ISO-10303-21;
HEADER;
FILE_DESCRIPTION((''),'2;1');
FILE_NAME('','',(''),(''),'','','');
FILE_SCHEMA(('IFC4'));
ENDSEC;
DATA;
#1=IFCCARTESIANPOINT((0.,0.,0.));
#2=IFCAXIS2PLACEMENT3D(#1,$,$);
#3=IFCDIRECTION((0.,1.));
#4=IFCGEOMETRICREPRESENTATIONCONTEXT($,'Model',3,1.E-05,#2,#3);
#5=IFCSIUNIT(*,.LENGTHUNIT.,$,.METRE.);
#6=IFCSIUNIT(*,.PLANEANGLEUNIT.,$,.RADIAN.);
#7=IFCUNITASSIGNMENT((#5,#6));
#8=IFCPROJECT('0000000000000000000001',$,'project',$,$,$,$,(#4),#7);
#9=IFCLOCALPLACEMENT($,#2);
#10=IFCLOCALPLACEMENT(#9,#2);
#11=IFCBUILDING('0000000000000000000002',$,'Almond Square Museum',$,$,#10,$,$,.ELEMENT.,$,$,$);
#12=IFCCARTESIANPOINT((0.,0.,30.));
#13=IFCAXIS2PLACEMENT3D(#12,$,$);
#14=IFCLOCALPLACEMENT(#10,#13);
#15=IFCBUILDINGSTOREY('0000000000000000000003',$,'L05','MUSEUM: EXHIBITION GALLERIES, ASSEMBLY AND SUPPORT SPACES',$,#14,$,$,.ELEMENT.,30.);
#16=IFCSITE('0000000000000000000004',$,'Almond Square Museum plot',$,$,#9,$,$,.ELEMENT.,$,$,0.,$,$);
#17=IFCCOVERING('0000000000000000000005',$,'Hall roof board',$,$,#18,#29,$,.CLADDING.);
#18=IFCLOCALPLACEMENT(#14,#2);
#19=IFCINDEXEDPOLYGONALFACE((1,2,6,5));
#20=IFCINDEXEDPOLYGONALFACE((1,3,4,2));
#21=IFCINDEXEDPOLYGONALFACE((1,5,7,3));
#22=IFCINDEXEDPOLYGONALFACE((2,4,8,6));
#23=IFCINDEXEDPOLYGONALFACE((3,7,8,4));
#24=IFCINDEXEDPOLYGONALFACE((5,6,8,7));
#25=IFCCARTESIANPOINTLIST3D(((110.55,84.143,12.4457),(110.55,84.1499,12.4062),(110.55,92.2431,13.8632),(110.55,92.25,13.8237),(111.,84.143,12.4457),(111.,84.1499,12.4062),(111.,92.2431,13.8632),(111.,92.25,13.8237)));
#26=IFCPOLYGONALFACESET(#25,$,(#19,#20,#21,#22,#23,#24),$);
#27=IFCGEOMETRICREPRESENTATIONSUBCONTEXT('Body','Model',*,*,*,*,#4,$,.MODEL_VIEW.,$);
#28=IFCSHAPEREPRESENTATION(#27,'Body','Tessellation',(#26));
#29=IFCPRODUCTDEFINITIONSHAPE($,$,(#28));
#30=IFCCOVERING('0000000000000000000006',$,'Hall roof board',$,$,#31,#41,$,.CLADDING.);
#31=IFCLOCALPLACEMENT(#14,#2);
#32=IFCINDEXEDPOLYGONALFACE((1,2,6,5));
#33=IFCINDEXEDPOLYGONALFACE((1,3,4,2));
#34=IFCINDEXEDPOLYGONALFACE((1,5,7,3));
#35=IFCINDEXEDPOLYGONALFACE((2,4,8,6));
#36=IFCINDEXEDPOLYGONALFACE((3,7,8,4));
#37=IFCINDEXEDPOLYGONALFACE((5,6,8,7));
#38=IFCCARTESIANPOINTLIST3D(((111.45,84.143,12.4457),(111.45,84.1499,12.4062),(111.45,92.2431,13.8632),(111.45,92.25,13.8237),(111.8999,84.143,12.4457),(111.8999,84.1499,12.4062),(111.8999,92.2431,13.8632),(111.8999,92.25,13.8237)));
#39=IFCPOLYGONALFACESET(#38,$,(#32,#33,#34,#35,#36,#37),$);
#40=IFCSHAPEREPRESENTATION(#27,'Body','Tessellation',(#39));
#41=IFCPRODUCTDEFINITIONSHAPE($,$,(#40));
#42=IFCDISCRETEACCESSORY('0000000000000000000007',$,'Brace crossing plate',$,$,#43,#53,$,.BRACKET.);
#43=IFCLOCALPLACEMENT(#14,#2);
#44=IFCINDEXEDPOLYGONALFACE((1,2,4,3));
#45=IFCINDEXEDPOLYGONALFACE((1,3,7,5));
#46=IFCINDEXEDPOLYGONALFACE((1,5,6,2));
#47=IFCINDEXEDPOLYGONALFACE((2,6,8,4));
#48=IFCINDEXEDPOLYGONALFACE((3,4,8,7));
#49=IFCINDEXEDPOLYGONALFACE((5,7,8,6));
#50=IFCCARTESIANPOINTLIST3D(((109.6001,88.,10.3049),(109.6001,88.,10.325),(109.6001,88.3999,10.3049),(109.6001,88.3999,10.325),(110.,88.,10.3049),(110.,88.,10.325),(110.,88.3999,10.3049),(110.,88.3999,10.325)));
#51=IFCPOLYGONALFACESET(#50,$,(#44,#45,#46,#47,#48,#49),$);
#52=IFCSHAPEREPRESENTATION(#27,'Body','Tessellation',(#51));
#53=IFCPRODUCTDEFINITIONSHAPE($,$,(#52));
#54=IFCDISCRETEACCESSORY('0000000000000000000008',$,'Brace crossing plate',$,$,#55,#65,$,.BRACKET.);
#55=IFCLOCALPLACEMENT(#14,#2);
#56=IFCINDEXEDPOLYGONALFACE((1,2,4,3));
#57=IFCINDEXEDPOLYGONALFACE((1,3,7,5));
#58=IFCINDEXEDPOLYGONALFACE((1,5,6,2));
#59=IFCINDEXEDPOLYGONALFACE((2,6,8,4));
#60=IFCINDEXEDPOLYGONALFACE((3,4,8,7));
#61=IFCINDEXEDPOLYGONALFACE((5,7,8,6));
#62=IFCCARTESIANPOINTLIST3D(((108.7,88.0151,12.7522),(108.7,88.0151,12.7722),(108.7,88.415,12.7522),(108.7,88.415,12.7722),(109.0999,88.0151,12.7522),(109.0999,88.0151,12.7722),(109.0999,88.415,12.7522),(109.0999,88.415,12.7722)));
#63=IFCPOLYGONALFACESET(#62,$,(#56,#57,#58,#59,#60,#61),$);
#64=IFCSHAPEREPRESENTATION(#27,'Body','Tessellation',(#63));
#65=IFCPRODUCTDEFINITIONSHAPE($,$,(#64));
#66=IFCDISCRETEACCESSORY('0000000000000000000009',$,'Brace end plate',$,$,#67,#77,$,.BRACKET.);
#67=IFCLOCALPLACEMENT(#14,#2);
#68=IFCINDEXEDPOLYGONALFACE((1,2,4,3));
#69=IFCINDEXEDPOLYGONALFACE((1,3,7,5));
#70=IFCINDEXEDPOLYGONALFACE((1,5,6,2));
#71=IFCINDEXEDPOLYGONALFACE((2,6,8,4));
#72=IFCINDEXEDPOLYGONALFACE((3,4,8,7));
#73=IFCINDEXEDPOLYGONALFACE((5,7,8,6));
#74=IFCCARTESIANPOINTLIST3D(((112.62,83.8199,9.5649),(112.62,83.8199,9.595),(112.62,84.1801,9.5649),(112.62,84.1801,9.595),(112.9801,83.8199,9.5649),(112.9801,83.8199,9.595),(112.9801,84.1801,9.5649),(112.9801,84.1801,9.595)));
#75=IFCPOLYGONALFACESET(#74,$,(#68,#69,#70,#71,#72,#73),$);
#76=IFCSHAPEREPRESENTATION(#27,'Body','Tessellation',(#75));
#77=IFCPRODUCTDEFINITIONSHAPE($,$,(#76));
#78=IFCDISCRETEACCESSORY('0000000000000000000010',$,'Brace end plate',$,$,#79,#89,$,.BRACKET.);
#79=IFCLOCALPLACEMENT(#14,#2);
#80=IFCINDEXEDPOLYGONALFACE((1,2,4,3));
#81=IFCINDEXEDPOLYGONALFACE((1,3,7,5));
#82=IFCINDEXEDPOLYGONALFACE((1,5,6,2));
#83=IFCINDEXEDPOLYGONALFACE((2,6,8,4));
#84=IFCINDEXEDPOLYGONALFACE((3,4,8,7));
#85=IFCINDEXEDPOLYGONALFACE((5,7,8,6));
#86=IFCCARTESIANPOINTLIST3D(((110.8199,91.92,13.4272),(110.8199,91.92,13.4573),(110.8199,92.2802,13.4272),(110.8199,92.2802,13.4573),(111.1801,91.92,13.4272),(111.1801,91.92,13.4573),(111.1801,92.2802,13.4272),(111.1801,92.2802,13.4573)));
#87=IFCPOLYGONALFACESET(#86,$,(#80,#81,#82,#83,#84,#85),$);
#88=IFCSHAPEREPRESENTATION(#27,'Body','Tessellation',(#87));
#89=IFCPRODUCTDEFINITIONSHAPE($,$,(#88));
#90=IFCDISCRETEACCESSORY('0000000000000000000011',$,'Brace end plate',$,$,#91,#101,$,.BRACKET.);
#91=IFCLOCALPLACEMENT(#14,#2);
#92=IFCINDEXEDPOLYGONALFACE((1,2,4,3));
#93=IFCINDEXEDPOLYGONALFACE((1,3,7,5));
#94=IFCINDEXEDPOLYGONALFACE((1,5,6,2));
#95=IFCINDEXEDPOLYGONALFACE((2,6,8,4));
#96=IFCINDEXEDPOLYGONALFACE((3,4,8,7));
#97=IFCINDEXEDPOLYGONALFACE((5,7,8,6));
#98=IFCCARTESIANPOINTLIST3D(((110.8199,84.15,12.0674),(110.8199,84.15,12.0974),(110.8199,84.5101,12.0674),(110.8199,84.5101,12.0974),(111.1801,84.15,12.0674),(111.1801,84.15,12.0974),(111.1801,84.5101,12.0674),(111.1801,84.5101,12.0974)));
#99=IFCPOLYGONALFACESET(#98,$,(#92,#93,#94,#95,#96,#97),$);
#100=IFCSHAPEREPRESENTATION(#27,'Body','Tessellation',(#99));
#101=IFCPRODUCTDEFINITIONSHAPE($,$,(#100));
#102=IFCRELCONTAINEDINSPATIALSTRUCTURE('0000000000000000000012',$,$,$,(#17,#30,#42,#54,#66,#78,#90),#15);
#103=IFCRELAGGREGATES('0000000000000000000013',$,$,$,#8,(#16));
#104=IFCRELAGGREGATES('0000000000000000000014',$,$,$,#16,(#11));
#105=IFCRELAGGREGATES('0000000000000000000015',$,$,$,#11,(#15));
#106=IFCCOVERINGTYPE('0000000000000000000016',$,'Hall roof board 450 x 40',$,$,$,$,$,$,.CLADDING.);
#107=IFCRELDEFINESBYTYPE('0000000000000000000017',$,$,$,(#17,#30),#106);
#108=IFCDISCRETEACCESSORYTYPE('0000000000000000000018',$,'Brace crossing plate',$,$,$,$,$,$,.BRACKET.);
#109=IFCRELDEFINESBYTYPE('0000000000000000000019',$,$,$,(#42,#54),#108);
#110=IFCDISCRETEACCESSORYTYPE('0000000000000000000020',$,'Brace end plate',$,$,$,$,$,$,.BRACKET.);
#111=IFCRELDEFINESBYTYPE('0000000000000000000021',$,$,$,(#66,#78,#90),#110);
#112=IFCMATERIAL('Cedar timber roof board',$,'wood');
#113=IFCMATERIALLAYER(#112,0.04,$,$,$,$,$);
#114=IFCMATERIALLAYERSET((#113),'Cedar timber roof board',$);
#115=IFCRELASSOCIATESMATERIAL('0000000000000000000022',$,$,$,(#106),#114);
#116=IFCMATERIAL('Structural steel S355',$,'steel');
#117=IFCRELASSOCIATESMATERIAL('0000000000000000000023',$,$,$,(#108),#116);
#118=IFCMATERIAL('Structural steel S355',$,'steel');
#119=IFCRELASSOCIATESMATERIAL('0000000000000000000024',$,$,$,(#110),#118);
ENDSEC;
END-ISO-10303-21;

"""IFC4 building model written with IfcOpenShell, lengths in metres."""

from ifc_helpers import new_model, si_unit, direction, frame, origin, origin_2d, place, context, subcontext, project, spatial, polyline, rectangle, outline, extrude, material, layer, layer_set, type_object, element, save


model = new_model("IFC4")

# Units and contexts
model_context = context("Model", 3, precision=1e-05, world=origin(), true_north=direction((0.0, 1.0)))
body_context = subcontext(model_context, "Body", "Model", "MODEL_VIEW")
ifc_project = project(units=[si_unit("LENGTHUNIT", "METRE"), si_unit("PLANEANGLEUNIT", "RADIAN")], contexts=[model_context])

# Site, building, storey
site_placement = place(None, origin())
site = spatial("IfcSite", under=ifc_project, at=site_placement, Name="Almond Square Museum plot", CompositionType="ELEMENT", RefElevation=0.0)
building_placement = place(site_placement, origin())
building = spatial("IfcBuilding", under=site, at=building_placement, Name="Almond Square Museum", CompositionType="ELEMENT")
storey_placement = place(building_placement, frame((0.0, 0.0, 30.0)))
storey = spatial("IfcBuildingStorey", under=building, at=storey_placement, Name="L05", Description="MUSEUM: EXHIBITION GALLERIES, ASSEMBLY AND SUPPORT SPACES", CompositionType="ELEMENT", Elevation=30.0)

# Coverings
ifc_material_1 = material(Name="Cedar timber roof board", Category="wood")
ifc_layer = layer(ifc_material_1, 0.04)
ifc_layer_set = layer_set([ifc_layer], Name="Cedar timber roof board")
covering_type = type_object("IfcCoveringType", Name="Hall roof board 450 x 40", PredefinedType="CLADDING", material=ifc_layer_set)
for number, where, z_axis, x_axis, name in (
    (1, (111.0, 92.25, 13.8237), (0.0, -0.172376, 0.985031), (-1.0, 0.0, 0.0), "Hall roof board"),
    (2, (111.8999, 92.25, 13.8237), (0.0, -0.172376, 0.985031), (-1.0, 0.0, 0.0), "Hall roof board"),
):
    element("IfcCovering", number, at=place(storey_placement, frame(where, z_axis=z_axis, x_axis=x_axis)), inside=storey, type_object=covering_type, Name=name, PredefinedType="CLADDING", context=body_context, shape_type="SweptSolid", body=[
        extrude(outline(polyline([(0.0, 0.0), (0.45, 0.0), (0.45, 8.2232), (0.0, 8.2232), (0.0, 0.0)])), origin(), (0.0, 0.0, 1.0), 0.04),
    ])

# Discrete accessories
ifc_material_2 = material(Name="Structural steel S355", Category="steel")
discrete_accessory_type_1 = type_object("IfcDiscreteAccessoryType", Name="Brace crossing plate", PredefinedType="BRACKET", material=ifc_material_2)
for number, where, z_axis, x_axis, name in (
    (3, (109.8, 88.2, 10.3049), (0.0, 0.0, 1.0), (1.0, 0.0, 0.0), "Brace crossing plate"),
    (4, (108.8999, 88.2151, 12.7522), (0.0, 0.0, 1.0), (1.0, 0.0, 0.0), "Brace crossing plate"),
):
    element("IfcDiscreteAccessory", number, at=place(storey_placement, frame(where, z_axis=z_axis, x_axis=x_axis)), inside=storey, type_object=discrete_accessory_type_1, Name=name, PredefinedType="BRACKET", context=body_context, shape_type="SweptSolid", body=[
        extrude(rectangle(XDim=0.3999, YDim=0.3999, at=origin_2d()), origin(), (0.0, 0.0, 1.0), 0.02),
    ])
ifc_material_3 = material(Name="Structural steel S355", Category="steel")
discrete_accessory_type_2 = type_object("IfcDiscreteAccessoryType", Name="Brace end plate", PredefinedType="BRACKET", material=ifc_material_3)
for number, where, z_axis, x_axis, name in (
    (5, (112.8, 84.0, 9.5649), (0.0, 0.0, 1.0), (1.0, 0.0, 0.0), "Brace end plate"),
    (6, (111.0, 92.1001, 13.4272), (0.0, 0.0, 1.0), (1.0, 0.0, 0.0), "Brace end plate"),
    (7, (111.0, 84.3301, 12.0674), (0.0, 0.0, 1.0), (1.0, 0.0, 0.0), "Brace end plate"),
):
    element("IfcDiscreteAccessory", number, at=place(storey_placement, frame(where, z_axis=z_axis, x_axis=x_axis)), inside=storey, type_object=discrete_accessory_type_2, Name=name, PredefinedType="BRACKET", context=body_context, shape_type="SweptSolid", body=[
        extrude(rectangle(XDim=0.3601, YDim=0.3601, at=origin_2d()), origin(), (0.0, 0.0, 1.0), 0.03),
    ])

save(model, "model.ifc")
